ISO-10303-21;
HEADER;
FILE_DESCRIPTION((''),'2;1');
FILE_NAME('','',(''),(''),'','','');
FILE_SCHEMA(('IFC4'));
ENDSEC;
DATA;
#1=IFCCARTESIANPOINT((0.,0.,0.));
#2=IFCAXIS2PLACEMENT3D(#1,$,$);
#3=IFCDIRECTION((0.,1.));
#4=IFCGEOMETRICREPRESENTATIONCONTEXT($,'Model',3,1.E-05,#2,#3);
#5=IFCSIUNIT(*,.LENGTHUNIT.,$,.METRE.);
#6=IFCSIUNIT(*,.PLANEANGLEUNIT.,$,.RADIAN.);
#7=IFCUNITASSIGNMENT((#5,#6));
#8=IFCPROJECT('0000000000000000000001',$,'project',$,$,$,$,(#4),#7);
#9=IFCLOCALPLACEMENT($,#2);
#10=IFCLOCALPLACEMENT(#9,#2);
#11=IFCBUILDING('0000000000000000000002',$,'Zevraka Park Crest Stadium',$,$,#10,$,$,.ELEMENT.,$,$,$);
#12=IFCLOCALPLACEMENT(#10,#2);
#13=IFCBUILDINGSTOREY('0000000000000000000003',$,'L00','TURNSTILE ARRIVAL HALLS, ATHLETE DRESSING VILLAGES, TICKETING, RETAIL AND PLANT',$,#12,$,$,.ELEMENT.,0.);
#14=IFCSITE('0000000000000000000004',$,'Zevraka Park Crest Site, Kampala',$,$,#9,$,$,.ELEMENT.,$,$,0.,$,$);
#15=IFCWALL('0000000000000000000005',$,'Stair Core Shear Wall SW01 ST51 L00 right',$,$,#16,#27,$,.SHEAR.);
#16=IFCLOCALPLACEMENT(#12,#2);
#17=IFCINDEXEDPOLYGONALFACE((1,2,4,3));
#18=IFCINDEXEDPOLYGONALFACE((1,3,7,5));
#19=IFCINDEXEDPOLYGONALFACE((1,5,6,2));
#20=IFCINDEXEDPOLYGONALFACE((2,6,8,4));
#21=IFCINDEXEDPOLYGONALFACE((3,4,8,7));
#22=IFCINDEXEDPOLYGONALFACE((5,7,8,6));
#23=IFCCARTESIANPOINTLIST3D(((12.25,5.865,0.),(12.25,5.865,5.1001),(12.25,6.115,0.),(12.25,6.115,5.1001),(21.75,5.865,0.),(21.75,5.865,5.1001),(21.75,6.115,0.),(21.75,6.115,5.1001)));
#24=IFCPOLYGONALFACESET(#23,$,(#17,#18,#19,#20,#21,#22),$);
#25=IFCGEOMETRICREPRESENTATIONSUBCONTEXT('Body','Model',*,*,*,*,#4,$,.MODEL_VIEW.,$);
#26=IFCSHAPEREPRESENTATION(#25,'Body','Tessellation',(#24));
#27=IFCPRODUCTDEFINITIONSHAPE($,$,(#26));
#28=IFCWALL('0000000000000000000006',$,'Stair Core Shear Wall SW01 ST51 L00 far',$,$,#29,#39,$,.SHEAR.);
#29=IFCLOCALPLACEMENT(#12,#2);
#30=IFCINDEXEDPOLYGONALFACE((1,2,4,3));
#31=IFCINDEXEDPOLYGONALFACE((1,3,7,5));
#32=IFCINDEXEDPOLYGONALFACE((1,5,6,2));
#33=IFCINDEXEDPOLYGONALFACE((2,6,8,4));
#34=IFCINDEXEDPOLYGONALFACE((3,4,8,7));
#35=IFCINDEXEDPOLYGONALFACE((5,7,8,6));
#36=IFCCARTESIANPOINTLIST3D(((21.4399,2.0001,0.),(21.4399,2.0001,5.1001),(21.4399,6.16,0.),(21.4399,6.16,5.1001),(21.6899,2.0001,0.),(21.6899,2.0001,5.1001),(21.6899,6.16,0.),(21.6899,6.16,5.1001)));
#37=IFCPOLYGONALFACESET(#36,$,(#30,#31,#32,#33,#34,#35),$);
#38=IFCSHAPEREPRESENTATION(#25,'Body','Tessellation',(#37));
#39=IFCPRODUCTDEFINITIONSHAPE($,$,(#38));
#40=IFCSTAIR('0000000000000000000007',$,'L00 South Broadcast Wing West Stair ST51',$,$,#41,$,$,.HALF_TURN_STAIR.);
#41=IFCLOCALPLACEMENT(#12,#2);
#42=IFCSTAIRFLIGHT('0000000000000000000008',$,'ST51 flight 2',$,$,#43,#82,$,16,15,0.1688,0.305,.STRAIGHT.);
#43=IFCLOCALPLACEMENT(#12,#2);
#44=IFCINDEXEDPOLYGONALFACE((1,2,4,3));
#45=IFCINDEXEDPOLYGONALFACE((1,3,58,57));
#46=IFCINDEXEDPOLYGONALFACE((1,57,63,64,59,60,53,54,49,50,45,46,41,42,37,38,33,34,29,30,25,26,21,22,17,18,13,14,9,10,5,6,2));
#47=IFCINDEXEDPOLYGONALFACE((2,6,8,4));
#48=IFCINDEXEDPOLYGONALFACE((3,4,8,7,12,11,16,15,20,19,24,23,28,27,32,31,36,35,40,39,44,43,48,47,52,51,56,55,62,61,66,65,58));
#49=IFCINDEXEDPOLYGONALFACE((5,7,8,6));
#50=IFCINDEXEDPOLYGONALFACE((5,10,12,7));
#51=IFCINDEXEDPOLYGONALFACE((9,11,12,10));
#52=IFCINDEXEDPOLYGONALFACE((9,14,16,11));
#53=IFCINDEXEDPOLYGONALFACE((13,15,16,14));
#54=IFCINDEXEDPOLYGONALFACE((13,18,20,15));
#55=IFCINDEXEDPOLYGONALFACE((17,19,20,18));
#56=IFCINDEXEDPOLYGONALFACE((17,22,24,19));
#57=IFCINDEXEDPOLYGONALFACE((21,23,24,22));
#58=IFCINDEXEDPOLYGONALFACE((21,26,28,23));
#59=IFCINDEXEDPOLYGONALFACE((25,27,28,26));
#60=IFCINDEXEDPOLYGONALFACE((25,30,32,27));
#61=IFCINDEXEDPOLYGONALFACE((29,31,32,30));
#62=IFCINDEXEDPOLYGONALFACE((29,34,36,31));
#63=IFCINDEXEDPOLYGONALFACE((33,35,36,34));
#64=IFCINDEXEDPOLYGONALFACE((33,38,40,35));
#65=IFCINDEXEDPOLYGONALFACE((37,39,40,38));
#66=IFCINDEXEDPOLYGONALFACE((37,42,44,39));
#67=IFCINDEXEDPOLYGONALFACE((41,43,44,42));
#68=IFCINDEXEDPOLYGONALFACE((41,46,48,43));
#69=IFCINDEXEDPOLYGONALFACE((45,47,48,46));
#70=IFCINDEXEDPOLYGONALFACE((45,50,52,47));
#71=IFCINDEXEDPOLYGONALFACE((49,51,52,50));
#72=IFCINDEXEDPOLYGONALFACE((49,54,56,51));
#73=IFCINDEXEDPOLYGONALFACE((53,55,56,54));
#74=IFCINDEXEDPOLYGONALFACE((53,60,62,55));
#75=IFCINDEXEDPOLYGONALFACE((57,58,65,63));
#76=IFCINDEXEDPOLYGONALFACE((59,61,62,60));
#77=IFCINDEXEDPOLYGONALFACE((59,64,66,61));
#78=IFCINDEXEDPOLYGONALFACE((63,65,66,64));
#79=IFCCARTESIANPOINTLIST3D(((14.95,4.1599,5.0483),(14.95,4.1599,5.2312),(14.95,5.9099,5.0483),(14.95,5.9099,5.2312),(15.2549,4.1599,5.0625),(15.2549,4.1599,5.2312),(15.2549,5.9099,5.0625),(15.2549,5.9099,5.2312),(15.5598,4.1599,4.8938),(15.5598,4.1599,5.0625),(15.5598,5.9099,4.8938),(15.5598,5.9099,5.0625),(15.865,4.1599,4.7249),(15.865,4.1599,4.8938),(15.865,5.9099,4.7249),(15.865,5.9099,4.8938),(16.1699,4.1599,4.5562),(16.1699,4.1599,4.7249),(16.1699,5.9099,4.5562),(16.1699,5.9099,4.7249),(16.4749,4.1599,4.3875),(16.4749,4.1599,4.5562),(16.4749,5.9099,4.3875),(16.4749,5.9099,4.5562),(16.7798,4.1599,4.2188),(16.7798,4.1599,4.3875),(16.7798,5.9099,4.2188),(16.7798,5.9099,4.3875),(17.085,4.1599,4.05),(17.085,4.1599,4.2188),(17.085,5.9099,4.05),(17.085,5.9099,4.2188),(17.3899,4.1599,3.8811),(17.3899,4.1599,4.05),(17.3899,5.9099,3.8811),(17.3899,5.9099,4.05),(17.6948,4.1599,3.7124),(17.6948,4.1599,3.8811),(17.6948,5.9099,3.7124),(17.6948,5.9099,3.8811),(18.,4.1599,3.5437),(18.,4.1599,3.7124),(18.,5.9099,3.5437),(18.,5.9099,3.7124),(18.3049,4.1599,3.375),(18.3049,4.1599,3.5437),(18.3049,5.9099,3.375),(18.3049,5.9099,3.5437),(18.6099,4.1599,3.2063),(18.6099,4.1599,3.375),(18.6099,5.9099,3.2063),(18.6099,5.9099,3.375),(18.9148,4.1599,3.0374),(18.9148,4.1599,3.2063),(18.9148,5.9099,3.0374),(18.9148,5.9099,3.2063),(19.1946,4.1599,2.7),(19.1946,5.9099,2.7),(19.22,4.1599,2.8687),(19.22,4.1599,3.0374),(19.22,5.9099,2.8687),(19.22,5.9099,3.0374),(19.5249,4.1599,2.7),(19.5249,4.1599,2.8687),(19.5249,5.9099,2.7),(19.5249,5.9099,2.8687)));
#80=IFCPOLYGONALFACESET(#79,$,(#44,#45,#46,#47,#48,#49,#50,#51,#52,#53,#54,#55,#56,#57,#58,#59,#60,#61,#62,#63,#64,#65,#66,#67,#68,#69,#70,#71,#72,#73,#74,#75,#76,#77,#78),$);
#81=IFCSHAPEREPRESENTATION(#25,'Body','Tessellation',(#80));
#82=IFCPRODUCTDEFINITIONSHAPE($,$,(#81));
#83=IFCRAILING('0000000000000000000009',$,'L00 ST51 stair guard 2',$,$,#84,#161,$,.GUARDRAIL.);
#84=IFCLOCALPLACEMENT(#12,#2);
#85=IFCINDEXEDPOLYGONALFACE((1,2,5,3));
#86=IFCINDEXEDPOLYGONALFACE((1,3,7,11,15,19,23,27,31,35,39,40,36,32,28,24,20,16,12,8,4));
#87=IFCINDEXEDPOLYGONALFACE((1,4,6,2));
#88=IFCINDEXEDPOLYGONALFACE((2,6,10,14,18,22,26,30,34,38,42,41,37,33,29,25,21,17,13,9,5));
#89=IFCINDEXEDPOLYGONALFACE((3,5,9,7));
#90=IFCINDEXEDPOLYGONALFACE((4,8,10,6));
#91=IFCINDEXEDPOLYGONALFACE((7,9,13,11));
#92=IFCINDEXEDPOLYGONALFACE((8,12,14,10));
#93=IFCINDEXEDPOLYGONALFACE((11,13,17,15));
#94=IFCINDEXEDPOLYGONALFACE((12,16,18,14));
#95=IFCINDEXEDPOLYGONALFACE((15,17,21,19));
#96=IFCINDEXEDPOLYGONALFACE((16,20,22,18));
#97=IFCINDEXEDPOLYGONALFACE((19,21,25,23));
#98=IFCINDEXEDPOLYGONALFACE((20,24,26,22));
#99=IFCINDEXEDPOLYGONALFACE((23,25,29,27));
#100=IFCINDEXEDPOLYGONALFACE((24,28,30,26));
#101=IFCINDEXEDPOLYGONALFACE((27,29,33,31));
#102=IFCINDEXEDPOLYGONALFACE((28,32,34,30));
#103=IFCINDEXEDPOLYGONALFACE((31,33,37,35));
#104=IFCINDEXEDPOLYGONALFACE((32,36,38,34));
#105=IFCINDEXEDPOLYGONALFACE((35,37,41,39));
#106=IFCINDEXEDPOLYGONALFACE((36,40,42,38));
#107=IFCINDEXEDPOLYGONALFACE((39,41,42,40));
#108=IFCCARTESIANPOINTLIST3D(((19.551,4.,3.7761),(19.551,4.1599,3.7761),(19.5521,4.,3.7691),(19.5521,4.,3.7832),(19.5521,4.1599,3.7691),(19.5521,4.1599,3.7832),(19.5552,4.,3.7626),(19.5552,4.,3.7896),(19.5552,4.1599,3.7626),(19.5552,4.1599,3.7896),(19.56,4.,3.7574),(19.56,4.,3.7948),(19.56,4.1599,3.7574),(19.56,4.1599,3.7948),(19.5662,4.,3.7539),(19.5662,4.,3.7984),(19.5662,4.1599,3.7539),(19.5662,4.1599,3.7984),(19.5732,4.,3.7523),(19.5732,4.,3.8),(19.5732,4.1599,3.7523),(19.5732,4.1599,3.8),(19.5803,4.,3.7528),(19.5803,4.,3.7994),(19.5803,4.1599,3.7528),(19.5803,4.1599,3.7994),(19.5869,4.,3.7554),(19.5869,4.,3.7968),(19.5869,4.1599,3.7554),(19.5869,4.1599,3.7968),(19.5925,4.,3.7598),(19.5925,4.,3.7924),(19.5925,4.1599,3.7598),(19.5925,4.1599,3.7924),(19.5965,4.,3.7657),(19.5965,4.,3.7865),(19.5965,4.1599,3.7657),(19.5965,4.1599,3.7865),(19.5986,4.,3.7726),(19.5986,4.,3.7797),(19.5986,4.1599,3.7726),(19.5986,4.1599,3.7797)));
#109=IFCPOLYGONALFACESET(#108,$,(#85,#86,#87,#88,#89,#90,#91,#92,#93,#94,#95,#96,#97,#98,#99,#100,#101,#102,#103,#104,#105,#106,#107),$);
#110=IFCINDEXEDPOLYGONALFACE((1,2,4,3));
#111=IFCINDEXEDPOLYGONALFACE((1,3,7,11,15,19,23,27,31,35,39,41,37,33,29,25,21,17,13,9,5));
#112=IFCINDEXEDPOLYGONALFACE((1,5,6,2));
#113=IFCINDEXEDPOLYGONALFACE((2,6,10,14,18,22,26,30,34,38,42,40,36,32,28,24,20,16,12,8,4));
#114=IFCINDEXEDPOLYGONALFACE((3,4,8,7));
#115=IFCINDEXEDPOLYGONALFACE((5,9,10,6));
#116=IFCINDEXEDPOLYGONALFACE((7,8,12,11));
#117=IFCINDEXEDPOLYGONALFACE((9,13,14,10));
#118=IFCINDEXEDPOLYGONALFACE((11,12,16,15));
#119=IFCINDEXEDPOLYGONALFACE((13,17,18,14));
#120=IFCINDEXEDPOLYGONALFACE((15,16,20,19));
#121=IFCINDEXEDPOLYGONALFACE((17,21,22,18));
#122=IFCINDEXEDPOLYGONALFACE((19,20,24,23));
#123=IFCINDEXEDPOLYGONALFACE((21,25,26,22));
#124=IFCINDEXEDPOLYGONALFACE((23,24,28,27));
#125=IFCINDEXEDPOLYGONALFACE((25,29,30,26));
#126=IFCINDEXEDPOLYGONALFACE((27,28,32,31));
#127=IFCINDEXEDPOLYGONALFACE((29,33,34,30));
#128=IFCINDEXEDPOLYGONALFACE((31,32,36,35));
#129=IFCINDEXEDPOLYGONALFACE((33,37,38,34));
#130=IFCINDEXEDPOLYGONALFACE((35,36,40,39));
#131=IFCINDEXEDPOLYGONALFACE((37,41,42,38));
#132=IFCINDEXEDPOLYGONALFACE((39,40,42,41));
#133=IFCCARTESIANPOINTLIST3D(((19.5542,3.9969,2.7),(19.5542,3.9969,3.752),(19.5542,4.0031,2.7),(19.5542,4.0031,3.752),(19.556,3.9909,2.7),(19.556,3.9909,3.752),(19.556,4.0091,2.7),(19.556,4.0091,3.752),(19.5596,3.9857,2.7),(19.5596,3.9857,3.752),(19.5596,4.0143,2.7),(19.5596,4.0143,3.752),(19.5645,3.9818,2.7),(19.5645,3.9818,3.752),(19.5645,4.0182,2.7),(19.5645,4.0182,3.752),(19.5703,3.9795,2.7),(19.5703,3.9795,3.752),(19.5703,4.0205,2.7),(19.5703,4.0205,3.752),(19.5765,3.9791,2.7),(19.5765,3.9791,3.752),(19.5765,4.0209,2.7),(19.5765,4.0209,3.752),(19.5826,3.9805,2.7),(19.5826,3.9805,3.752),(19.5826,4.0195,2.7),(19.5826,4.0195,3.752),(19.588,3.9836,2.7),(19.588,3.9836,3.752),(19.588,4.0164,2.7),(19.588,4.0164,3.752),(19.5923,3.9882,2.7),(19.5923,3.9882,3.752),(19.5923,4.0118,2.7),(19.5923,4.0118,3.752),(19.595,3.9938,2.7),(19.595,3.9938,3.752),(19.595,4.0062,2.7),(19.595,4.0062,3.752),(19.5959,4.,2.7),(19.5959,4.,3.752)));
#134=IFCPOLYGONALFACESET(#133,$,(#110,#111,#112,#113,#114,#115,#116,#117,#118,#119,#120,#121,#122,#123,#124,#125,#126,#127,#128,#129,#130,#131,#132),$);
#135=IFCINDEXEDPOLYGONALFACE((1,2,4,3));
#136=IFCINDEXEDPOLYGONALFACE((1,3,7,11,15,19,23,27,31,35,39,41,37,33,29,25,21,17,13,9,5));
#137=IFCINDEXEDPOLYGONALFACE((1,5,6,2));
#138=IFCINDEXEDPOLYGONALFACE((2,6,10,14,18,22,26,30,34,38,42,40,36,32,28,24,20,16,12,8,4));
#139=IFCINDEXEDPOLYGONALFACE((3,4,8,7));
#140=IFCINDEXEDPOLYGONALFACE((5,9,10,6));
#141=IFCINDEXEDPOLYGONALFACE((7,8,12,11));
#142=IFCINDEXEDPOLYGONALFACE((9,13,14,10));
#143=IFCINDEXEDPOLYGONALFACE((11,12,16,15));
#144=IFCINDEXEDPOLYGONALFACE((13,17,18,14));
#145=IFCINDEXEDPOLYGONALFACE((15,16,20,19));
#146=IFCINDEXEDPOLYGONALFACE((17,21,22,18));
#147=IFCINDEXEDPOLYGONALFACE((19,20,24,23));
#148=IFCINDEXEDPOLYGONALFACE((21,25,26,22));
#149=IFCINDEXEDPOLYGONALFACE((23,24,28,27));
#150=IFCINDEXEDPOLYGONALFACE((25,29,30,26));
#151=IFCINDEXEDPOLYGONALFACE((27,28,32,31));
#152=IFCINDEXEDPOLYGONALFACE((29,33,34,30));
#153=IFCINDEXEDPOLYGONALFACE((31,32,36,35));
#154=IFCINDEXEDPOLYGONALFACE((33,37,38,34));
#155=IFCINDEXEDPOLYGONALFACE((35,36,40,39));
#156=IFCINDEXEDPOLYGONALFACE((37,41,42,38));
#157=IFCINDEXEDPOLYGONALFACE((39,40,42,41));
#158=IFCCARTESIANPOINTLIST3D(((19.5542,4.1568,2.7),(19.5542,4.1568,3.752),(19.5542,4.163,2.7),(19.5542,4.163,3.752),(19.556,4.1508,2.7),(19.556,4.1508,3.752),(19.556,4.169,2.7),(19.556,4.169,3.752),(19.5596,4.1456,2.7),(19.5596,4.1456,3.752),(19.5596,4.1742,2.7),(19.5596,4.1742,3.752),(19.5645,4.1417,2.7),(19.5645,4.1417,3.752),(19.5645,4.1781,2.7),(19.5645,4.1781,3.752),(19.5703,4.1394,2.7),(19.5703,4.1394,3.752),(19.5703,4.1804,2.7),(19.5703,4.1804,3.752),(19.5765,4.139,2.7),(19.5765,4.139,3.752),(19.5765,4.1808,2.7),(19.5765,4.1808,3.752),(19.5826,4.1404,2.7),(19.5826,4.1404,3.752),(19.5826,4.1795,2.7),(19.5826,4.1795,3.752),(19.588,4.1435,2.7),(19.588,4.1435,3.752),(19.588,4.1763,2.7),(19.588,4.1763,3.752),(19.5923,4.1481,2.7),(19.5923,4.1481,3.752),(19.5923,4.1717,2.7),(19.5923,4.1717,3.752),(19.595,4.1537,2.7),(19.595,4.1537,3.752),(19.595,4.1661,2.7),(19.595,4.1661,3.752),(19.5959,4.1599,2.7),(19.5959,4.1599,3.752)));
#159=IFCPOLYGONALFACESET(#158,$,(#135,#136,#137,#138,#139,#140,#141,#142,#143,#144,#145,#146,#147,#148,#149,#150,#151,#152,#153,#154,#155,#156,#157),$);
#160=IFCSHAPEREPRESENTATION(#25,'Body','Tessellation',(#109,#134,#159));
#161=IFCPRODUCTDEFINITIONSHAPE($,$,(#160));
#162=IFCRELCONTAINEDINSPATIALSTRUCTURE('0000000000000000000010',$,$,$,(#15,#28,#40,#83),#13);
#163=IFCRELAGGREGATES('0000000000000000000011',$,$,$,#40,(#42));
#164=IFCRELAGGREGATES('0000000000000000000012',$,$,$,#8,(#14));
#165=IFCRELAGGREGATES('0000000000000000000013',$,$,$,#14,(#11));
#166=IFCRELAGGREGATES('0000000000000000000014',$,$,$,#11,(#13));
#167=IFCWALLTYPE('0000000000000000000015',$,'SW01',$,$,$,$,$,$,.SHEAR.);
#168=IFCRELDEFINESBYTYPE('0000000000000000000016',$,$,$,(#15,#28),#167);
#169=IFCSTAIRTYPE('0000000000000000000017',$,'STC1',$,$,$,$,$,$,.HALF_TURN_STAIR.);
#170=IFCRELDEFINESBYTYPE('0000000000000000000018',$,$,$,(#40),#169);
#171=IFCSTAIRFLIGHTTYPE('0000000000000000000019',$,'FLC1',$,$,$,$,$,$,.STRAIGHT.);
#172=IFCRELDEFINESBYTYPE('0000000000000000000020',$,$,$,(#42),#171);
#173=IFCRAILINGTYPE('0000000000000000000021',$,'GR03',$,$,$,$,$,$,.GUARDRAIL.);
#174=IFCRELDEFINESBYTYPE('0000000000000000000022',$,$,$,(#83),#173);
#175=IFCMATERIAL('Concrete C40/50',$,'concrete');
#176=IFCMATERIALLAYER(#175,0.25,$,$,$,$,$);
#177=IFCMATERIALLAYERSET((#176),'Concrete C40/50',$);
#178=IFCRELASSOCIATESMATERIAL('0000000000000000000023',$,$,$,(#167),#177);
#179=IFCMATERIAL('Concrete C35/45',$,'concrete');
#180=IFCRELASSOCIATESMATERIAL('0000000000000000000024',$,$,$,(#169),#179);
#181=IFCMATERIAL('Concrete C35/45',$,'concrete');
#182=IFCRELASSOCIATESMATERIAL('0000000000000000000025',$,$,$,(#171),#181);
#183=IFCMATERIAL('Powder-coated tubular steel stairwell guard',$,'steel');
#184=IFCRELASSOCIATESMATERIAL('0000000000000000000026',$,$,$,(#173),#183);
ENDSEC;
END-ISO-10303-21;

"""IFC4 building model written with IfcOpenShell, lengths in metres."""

from ifc_helpers import new_model, si_unit, direction, frame, frame_2d, origin, origin_2d, place, context, subcontext, project, spatial, polyline, rectangle, circle, outline, extrude, material, layer, layer_set, type_object, element, aggregate, save


model = new_model("IFC4")

# Units and contexts
model_context = context("Model", 3, precision=1e-05, world=origin(), true_north=direction((0.0, 1.0)))
body_context = subcontext(model_context, "Body", "Model", "MODEL_VIEW")
ifc_project = project(units=[si_unit("LENGTHUNIT", "METRE"), si_unit("PLANEANGLEUNIT", "RADIAN")], contexts=[model_context])

# Site, building, storey
site_placement = place(None, origin())
site = spatial("IfcSite", under=ifc_project, at=site_placement, Name="Zevraka Park Crest Site, Kampala", CompositionType="ELEMENT", RefElevation=0.0)
building_placement = place(site_placement, origin())
building = spatial("IfcBuilding", under=site, at=building_placement, Name="Zevraka Park Crest Stadium", CompositionType="ELEMENT")
storey_placement = place(building_placement, origin())
storey = spatial("IfcBuildingStorey", under=building, at=storey_placement, Name="L00", Description="TURNSTILE ARRIVAL HALLS, ATHLETE DRESSING VILLAGES, TICKETING, RETAIL AND PLANT", CompositionType="ELEMENT", Elevation=0.0)

# Shared definitions
ifc_material_1 = material(Name="Concrete C40/50", Category="concrete")
ifc_layer_1 = layer(ifc_material_1, 0.25)
ifc_layer_set_1 = layer_set([ifc_layer_1], Name="Concrete C40/50")
wall_type_1 = type_object("IfcWallType", Name="SW01", PredefinedType="SHEAR", material=ifc_layer_set_1)

# Walls
wall_1_placement = place(storey_placement, frame((21.75, 5.99, 0.0), z_axis=(0.0, 0.0, 1.0), x_axis=(-1.0, 0.0, 0.0)))
element("IfcWall", 1, at=wall_1_placement, inside=storey, type_object=wall_type_1, Name="Stair Core Shear Wall SW01 ST51 L00 right", PredefinedType="SHEAR", context=body_context, shape_type="SweptSolid", body=[
    extrude(rectangle(XDim=9.5, YDim=0.25, at=frame_2d((4.75, 0.0))), origin(), (0.0, 0.0, 1.0), 5.1001),
])
wall_2_placement = place(storey_placement, frame((21.5649, 2.0, 0.0), z_axis=(0.0, 0.0, 1.0), x_axis=(0.0, 1.0, 0.0)))
element("IfcWall", 2, at=wall_2_placement, inside=storey, type_object=wall_type_1, Name="Stair Core Shear Wall SW01 ST51 L00 far", PredefinedType="SHEAR", context=body_context, shape_type="SweptSolid", body=[
    extrude(rectangle(XDim=4.1599, YDim=0.25, at=frame_2d((2.0801, 0.0))), origin(), (0.0, 0.0, 1.0), 5.1001),
])

# Stair, stair flight
ifc_material_2 = material(Name="Concrete C35/45", Category="concrete")
stair_type = type_object("IfcStairType", Name="STC1", PredefinedType="HALF_TURN_STAIR", material=ifc_material_2)
stair_placement = place(storey_placement, origin())
stair = element("IfcStair", 3, at=stair_placement, inside=storey, type_object=stair_type, Name="L00 South Broadcast Wing West Stair ST51", PredefinedType="HALF_TURN_STAIR")
ifc_material_3 = material(Name="Concrete C35/45", Category="concrete")
stair_flight_type = type_object("IfcStairFlightType", Name="FLC1", PredefinedType="STRAIGHT", material=ifc_material_3)
stair_flight_placement = place(storey_placement, frame((19.5249, 5.0349, 2.7), z_axis=(0.0, 0.0, 1.0), x_axis=(-1.0, 0.0, 0.0)))
stair_flight = element("IfcStairFlight", 4, at=stair_flight_placement, type_object=stair_flight_type, Name="ST51 flight 2", NumberOfRisers=16, NumberOfTreads=15, PredefinedType="STRAIGHT", RiserHeight=0.1688, TreadLength=0.305, context=body_context, shape_type="SweptSolid", body=[
    extrude(outline(polyline([(0.0, 0.0), (0.0, 0.1687), (0.3049, 0.1687), (0.3049, 0.3374), (0.6101, 0.3374), (0.6101, 0.5063), (0.915, 0.5063), (0.915, 0.675), (1.22, 0.675), (1.22, 0.8438), (1.5249, 0.8438), (1.5249, 1.0125), (1.8301, 1.0125), (1.8301, 1.1812), (2.135, 1.1812), (2.135, 1.3501), (2.4399, 1.3501), (2.4399, 1.5188), (2.7451, 1.5188), (2.7451, 1.6875), (3.05, 1.6875), (3.05, 1.8562), (3.355, 1.8562), (3.355, 2.0249), (3.6599, 2.0249), (3.6599, 2.1938), (3.9651, 2.1938), (3.9651, 2.3625), (4.27, 2.3625), (4.27, 2.5312), (4.575, 2.5312), (4.575, 2.7), (4.575, 2.3484), (0.3303, 0.0), (0.0, 0.0)])), frame((0.0, 0.875, 0.0), z_axis=(0.0, -1.0, 0.0), x_axis=(1.0, 0.0, 0.0)), (0.0, 0.0, 1.0), 1.75),
])
aggregate(stair, [stair_flight])

# Railing
ifc_material_4 = material(Name="Powder-coated tubular steel stairwell guard", Category="steel")
railing_type_1 = type_object("IfcRailingType", Name="GR03", PredefinedType="GUARDRAIL", material=ifc_material_4)
railing_1_placement = place(storey_placement, frame((19.575, 4.0, 2.7)))
element("IfcRailing", 5, at=railing_1_placement, inside=storey, type_object=railing_type_1, Name="L00 ST51 stair guard 2", PredefinedType="GUARDRAIL", context=body_context, shape_type="SweptSolid", body=[
    extrude(circle(Radius=0.0239, at=origin_2d()), frame((0.0, 0.0, 1.0762), z_axis=(0.0, 1.0, 0.0), x_axis=(-1.0, 0.0, 0.0)), (0.0, 0.0, 1.0), 0.1599),
    extrude(circle(Radius=0.021, at=origin_2d()), origin(), (0.0, 0.0, 1.0), 1.052),
    extrude(circle(Radius=0.021, at=origin_2d()), frame((0.0, 0.1599, 0.0)), (0.0, 0.0, 1.0), 1.052),
])

save(model, "model.ifc")
